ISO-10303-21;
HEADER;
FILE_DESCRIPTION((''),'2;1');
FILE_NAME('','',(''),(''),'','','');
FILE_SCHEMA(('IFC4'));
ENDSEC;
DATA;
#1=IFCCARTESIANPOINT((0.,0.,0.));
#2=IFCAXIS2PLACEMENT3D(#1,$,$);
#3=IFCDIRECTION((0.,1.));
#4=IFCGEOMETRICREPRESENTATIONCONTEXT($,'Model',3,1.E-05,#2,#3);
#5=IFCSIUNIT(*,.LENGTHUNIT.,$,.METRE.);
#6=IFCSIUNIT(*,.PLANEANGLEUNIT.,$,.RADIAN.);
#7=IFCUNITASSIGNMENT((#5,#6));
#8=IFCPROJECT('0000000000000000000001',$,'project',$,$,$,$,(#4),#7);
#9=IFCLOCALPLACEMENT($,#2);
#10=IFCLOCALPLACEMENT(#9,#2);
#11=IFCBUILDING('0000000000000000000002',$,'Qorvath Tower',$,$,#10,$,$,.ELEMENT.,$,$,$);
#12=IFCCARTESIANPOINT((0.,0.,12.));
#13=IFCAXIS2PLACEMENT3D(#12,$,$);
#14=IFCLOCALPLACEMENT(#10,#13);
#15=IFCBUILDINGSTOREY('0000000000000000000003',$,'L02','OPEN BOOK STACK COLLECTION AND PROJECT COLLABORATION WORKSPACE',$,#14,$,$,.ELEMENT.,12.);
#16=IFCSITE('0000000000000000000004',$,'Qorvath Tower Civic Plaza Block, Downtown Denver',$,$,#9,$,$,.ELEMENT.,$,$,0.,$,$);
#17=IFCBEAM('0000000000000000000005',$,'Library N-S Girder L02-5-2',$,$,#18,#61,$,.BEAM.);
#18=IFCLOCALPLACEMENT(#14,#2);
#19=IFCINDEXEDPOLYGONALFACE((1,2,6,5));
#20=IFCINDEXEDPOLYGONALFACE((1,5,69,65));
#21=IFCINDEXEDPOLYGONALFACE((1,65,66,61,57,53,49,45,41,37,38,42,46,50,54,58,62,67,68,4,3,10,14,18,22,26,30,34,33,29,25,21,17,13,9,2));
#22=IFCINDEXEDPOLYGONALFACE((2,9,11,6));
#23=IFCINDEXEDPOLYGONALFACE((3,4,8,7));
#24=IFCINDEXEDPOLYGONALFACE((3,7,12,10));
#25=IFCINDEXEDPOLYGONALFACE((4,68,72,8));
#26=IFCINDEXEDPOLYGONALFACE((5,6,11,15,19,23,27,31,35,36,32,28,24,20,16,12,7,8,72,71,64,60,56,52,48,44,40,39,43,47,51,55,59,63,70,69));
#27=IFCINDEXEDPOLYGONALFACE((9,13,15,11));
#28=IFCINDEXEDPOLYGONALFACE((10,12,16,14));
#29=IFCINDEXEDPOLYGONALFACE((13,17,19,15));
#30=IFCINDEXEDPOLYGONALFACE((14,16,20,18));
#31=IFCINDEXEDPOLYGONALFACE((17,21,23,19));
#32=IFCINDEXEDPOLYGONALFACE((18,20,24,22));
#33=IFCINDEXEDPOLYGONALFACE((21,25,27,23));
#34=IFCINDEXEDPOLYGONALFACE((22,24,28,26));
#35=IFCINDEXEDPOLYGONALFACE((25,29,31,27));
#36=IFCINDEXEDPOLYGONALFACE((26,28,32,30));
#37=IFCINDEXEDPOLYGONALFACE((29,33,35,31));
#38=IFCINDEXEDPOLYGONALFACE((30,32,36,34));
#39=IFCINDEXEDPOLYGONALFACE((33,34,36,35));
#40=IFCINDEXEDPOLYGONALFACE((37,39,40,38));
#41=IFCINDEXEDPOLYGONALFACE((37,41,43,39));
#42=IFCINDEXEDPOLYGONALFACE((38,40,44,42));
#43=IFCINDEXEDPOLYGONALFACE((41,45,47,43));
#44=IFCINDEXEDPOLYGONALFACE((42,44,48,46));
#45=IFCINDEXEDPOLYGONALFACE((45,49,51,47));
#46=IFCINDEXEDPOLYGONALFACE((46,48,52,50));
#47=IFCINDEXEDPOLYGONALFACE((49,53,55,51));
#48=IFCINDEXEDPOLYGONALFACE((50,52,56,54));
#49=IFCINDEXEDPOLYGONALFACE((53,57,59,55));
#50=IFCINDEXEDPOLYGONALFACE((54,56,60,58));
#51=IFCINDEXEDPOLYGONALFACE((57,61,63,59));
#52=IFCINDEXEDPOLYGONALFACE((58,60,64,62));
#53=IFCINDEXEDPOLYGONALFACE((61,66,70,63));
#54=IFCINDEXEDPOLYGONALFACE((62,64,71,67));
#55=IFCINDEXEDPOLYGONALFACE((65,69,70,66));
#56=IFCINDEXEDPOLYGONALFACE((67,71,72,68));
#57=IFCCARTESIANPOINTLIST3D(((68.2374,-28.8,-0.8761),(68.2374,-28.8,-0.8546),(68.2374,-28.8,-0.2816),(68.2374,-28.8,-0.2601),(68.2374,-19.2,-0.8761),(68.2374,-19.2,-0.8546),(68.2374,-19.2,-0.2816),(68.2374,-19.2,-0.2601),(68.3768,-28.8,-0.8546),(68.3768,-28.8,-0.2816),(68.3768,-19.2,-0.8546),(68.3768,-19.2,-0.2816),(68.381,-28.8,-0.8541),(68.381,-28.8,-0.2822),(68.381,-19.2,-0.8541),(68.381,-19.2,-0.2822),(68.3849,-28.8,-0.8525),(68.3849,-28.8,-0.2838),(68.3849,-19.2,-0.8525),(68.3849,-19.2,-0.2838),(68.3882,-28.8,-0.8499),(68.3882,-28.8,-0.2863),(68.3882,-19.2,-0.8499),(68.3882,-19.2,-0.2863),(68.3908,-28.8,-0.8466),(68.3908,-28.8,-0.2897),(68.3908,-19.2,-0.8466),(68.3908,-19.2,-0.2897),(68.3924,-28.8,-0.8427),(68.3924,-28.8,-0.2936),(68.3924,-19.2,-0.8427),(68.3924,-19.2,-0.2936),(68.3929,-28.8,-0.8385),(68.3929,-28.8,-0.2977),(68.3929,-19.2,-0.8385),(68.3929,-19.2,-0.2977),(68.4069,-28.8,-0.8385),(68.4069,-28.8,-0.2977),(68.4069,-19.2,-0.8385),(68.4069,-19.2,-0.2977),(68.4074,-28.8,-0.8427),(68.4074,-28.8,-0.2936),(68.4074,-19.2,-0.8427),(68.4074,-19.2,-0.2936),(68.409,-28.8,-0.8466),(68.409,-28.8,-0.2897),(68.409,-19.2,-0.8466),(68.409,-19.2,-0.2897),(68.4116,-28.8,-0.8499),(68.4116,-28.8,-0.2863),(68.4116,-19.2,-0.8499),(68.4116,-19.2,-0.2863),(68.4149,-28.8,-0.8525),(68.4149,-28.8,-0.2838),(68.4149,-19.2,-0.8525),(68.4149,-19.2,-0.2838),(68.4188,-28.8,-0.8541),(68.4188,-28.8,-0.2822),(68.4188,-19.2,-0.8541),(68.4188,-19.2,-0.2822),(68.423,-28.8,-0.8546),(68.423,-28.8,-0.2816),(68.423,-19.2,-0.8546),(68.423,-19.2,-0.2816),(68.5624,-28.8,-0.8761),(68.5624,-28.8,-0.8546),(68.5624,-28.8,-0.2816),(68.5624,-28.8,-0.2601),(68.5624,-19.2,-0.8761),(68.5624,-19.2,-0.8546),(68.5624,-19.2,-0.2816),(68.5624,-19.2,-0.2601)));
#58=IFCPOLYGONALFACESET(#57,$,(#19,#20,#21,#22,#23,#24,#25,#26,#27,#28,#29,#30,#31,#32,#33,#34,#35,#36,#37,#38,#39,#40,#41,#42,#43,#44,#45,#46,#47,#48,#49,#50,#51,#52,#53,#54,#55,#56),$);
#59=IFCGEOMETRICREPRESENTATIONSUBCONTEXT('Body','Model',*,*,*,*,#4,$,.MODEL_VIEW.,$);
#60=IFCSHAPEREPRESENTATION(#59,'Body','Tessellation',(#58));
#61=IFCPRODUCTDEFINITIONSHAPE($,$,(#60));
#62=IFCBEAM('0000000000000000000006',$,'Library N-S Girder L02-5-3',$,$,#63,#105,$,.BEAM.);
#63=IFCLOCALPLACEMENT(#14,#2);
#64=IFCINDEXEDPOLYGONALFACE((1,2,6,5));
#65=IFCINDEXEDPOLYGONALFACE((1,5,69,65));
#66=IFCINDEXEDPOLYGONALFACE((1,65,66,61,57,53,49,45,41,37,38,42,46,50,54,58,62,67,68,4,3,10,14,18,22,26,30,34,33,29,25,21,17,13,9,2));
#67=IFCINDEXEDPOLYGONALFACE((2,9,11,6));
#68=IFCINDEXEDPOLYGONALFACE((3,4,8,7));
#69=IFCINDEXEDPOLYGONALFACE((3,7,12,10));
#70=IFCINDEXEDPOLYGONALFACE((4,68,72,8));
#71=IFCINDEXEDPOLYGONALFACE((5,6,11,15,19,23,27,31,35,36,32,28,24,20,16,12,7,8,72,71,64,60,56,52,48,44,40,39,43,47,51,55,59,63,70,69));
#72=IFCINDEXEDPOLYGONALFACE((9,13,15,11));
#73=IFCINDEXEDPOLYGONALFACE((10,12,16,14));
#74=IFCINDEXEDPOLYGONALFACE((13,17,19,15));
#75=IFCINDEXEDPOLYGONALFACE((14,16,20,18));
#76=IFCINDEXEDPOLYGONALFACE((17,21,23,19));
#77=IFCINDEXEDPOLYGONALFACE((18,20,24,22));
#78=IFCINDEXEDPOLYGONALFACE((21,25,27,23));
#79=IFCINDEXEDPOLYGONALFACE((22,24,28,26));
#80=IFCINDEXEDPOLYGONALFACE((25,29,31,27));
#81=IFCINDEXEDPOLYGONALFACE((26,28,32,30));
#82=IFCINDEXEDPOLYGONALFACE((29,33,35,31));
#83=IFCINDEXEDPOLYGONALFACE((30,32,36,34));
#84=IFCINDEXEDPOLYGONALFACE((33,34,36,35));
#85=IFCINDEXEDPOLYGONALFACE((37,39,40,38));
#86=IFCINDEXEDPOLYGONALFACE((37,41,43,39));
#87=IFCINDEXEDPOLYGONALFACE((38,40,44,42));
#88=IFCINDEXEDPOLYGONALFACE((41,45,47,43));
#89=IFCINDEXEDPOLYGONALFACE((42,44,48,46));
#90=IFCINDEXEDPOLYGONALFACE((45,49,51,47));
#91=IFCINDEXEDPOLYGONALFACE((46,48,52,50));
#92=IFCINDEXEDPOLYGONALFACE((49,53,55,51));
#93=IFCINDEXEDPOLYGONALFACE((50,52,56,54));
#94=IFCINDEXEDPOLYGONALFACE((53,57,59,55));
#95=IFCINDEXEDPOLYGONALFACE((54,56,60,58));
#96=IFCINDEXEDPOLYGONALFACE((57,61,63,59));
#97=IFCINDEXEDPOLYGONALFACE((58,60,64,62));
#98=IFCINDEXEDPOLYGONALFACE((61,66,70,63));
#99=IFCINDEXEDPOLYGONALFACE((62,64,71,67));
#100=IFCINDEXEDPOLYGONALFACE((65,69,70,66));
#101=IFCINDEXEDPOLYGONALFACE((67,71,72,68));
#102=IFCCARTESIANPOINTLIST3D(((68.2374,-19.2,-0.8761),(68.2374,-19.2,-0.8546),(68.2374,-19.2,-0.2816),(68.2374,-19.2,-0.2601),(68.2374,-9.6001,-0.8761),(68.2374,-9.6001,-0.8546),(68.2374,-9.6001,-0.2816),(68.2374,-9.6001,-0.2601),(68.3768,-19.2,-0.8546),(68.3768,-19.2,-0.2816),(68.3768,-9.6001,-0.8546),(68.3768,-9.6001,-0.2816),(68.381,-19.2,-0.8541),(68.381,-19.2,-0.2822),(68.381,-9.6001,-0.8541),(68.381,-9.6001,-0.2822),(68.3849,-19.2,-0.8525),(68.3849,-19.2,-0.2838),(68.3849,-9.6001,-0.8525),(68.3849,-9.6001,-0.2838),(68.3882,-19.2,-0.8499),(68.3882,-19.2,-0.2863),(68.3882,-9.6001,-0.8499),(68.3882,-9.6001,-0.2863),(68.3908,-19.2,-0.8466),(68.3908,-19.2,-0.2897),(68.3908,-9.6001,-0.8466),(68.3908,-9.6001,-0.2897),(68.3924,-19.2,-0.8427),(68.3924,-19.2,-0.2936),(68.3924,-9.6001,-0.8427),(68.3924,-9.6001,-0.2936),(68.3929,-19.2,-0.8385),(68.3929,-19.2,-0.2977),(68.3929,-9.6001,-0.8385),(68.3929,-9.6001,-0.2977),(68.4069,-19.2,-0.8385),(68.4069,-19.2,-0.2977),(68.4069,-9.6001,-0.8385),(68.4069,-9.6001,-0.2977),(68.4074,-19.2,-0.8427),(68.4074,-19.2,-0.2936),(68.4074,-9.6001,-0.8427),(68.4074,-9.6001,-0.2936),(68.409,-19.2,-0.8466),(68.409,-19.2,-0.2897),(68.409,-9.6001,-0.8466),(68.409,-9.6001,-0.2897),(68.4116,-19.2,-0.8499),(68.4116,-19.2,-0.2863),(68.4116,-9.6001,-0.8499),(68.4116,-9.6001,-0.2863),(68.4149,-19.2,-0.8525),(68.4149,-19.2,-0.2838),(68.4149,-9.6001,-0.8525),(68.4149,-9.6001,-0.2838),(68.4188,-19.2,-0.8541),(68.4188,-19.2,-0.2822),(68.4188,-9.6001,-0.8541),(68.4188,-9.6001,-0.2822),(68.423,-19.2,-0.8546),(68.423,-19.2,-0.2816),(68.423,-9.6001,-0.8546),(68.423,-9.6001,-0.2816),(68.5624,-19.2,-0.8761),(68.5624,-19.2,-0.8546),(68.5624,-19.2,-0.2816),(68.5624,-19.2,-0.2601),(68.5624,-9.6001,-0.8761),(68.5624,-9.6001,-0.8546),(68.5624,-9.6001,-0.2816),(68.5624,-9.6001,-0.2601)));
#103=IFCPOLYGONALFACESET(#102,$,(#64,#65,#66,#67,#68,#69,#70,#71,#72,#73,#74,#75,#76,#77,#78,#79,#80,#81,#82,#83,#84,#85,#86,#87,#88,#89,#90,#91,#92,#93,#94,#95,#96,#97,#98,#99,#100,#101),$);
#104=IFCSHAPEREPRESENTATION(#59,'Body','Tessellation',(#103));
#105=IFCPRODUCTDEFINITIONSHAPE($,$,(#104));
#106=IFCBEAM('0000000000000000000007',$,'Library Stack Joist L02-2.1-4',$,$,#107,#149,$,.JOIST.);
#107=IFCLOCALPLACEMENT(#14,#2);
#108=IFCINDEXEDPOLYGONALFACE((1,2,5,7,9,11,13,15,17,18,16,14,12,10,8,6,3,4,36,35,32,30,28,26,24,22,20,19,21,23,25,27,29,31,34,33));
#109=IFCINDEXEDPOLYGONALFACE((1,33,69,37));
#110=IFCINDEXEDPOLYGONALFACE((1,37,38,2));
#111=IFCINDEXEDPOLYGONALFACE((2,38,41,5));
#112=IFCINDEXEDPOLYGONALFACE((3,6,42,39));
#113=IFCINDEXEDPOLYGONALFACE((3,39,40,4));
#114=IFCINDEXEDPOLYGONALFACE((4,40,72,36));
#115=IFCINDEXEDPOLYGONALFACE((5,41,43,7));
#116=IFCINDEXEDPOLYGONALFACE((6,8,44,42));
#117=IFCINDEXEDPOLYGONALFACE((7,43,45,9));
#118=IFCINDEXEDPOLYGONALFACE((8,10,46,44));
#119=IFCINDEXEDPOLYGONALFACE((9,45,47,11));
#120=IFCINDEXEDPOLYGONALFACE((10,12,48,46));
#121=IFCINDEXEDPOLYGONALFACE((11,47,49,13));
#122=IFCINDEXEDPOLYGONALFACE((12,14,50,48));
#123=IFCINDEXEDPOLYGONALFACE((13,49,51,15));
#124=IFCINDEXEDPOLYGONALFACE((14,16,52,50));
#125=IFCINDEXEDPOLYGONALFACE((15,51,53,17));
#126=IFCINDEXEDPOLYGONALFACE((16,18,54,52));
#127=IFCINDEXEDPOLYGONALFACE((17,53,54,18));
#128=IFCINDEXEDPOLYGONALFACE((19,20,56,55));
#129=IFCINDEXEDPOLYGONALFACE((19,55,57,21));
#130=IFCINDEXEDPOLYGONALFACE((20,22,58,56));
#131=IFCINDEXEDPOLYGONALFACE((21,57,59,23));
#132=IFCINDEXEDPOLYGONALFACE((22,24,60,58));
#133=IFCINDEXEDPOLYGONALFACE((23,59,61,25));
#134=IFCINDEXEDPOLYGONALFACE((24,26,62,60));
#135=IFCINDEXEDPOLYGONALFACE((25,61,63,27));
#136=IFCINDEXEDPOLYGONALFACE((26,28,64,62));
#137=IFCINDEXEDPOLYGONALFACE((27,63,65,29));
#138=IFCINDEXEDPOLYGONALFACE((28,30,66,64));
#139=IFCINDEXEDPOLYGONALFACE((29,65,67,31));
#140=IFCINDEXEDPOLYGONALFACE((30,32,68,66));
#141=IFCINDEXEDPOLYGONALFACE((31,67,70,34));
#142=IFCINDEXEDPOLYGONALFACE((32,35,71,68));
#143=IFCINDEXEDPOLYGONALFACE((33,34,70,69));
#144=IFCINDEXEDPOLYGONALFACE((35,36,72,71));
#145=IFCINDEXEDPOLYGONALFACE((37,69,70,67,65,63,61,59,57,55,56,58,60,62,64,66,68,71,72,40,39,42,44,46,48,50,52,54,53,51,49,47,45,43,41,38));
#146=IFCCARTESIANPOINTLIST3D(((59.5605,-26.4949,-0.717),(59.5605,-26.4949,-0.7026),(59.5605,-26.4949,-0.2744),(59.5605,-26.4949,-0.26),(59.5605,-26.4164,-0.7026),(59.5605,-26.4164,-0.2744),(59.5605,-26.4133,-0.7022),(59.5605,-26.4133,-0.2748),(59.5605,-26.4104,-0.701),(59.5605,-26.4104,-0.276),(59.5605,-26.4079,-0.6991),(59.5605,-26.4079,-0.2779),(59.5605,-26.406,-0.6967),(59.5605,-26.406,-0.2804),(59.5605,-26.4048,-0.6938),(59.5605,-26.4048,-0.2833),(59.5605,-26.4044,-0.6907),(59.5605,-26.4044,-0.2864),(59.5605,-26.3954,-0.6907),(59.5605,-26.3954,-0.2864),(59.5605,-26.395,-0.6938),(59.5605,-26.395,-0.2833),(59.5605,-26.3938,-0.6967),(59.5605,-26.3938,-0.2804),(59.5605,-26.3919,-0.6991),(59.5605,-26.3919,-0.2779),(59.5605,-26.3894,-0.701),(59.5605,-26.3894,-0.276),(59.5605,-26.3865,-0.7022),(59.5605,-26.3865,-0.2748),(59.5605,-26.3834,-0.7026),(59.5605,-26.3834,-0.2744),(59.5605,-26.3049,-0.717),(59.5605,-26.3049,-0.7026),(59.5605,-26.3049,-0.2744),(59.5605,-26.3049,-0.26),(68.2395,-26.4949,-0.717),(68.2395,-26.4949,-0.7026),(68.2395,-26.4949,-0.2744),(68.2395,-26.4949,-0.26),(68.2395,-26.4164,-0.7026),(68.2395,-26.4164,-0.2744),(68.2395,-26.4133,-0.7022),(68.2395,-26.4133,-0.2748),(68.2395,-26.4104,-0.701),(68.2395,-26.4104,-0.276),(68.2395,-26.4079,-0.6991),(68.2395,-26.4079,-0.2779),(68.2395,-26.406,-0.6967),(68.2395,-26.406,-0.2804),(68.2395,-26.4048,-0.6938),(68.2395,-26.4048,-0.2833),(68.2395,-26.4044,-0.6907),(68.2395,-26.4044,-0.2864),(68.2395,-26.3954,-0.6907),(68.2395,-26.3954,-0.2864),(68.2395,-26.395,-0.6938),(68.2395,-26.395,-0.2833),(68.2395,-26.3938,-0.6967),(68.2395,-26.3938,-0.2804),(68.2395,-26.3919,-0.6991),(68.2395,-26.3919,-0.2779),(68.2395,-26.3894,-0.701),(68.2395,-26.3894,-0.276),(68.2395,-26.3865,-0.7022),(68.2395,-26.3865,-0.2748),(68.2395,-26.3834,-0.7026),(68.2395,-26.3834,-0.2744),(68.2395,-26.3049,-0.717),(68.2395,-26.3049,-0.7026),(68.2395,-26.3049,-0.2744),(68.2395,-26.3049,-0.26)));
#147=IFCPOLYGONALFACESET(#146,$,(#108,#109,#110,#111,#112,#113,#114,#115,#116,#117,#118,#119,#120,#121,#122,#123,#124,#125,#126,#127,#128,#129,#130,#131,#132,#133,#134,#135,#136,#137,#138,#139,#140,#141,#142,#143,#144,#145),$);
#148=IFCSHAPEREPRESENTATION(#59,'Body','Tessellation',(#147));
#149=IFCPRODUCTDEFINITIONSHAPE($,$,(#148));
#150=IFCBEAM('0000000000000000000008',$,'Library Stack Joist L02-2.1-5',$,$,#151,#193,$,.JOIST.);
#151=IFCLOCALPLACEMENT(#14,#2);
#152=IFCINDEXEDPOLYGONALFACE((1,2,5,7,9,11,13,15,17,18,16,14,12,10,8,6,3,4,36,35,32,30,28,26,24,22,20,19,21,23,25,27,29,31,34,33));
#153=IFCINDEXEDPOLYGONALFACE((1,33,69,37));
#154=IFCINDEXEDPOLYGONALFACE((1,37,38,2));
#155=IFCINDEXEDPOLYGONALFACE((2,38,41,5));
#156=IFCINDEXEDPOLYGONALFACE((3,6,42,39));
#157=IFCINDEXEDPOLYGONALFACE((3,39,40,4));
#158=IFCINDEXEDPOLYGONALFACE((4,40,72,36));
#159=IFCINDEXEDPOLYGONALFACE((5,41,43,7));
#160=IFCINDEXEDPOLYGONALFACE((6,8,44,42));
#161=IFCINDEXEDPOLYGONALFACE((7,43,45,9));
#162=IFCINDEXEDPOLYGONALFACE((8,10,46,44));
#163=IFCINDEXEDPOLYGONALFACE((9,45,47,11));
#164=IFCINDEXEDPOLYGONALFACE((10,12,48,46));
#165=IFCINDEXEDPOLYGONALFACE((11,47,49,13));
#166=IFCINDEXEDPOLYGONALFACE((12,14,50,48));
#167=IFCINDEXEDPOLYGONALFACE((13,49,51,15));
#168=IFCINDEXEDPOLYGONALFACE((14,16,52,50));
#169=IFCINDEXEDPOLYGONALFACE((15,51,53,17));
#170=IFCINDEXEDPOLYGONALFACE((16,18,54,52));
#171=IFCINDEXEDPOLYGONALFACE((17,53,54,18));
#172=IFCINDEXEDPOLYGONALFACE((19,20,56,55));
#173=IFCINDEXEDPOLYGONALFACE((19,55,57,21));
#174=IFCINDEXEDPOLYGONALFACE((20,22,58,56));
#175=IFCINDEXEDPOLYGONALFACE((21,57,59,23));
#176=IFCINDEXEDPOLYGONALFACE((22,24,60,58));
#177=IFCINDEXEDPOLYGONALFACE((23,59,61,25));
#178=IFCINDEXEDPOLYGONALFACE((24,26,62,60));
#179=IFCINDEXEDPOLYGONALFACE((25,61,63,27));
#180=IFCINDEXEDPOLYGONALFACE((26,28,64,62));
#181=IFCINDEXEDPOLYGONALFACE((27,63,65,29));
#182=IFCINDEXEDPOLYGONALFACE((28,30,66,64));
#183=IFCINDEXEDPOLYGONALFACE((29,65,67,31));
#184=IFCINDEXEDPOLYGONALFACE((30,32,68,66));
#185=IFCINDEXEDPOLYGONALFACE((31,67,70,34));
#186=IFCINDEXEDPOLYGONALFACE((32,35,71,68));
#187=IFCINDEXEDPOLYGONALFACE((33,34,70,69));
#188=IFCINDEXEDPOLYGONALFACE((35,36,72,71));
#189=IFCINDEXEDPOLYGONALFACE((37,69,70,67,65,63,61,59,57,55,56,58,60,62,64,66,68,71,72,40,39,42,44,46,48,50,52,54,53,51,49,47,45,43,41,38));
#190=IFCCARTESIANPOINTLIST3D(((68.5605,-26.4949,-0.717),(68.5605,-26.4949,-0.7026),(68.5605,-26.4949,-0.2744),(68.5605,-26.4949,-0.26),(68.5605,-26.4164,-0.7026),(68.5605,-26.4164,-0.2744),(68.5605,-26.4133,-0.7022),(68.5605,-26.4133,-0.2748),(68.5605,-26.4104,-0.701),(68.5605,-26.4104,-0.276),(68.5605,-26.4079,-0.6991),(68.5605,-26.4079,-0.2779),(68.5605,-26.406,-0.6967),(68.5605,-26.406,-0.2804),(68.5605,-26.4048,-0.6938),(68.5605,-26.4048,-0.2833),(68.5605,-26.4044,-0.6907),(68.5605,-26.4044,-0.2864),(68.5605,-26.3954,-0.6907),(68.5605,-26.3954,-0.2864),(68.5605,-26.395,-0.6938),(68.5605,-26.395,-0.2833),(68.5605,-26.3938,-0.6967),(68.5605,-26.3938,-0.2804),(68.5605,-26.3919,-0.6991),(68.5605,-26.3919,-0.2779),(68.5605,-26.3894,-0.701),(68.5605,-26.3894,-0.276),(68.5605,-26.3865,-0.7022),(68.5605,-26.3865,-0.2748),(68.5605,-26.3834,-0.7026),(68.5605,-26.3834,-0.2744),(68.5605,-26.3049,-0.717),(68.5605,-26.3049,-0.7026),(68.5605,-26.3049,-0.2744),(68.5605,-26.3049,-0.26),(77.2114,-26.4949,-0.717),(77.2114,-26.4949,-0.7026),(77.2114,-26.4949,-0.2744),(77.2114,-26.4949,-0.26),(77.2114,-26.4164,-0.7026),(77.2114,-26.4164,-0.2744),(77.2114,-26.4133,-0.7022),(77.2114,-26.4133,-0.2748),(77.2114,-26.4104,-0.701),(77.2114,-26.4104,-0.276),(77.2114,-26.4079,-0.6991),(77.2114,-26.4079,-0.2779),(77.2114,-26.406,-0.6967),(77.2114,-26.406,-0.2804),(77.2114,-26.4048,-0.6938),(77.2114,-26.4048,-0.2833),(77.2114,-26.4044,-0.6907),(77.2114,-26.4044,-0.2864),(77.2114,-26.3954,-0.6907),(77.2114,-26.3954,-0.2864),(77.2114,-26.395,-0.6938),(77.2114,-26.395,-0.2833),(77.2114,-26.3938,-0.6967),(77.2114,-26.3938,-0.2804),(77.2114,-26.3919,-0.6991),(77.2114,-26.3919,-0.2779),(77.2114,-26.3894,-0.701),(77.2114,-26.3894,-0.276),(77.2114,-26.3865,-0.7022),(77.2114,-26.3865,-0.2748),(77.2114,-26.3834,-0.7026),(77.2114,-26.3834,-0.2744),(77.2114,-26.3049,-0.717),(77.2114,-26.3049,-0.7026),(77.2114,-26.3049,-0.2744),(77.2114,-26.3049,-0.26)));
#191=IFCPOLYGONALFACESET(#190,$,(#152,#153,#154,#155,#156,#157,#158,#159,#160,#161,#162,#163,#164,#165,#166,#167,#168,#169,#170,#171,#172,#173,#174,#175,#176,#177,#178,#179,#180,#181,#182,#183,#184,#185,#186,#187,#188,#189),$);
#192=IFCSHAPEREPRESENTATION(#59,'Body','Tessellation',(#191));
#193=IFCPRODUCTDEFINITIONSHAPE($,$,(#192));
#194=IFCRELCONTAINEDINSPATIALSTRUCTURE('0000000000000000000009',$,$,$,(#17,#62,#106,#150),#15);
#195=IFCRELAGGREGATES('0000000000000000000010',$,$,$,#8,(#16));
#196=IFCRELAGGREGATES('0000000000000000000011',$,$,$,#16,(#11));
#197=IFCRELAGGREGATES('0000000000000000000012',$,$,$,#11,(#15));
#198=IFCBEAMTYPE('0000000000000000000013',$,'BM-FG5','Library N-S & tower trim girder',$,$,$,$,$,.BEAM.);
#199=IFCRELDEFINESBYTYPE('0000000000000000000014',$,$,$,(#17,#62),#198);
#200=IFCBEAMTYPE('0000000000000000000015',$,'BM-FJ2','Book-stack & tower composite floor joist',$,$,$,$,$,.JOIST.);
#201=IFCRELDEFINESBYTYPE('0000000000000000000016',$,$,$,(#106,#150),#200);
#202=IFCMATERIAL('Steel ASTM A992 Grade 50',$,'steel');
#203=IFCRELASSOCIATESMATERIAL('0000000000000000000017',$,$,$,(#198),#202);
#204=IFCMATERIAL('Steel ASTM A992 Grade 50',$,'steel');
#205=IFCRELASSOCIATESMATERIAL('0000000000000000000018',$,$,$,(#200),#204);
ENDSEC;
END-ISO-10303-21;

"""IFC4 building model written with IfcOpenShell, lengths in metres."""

from ifc_helpers import new_model, si_unit, direction, frame, origin, origin_2d, place, context, subcontext, project, spatial, i_section, extrude, material, material_profile, profile_set, type_object, element, save


model = new_model("IFC4")

# Units and contexts
model_context = context("Model", 3, precision=1e-05, world=origin(), true_north=direction((0.0, 1.0)))
body_context = subcontext(model_context, "Body", "Model", "MODEL_VIEW")
ifc_project = project(units=[si_unit("LENGTHUNIT", "METRE"), si_unit("PLANEANGLEUNIT", "RADIAN")], contexts=[model_context])

# Site, building, storey
site_placement = place(None, origin())
site = spatial("IfcSite", under=ifc_project, at=site_placement, Name="Qorvath Tower Civic Plaza Block, Downtown Denver", CompositionType="ELEMENT", RefElevation=0.0)
building_placement = place(site_placement, origin())
building = spatial("IfcBuilding", under=site, at=building_placement, Name="Qorvath Tower", CompositionType="ELEMENT")
storey_placement = place(building_placement, frame((0.0, 0.0, 12.0)))
storey = spatial("IfcBuildingStorey", under=building, at=storey_placement, Name="L02", Description="OPEN BOOK STACK COLLECTION AND PROJECT COLLABORATION WORKSPACE", CompositionType="ELEMENT", Elevation=12.0)

# Beams
ifc_material_1 = material(Name="Steel ASTM A992 Grade 50", Category="steel")
ifc_material_profile_1 = material_profile(ifc_material_1, i_section(OverallWidth=0.325, OverallDepth=0.616, WebThickness=0.0139, FlangeThickness=0.0215, FilletRadius=0.0161, at=origin_2d()), Name="W24x117")
ifc_profile_set_1 = profile_set([ifc_material_profile_1], Name="Steel ASTM A992 Grade 50")
beam_type_1 = type_object("IfcBeamType", Name="BM-FG5", Description="Library N-S & tower trim girder", PredefinedType="BEAM", material=ifc_profile_set_1)
beam_1_placement = place(storey_placement, frame((68.3999, -28.8, -0.5681), z_axis=(0.0, 1.0, 0.0), x_axis=(-1.0, 0.0, 0.0)))
element("IfcBeam", 1, at=beam_1_placement, inside=storey, type_object=beam_type_1, Name="Library N-S Girder L02-5-2", PredefinedType="BEAM", context=body_context, shape_type="SweptSolid", body=[
    extrude(i_section(OverallWidth=0.325, OverallDepth=0.616, WebThickness=0.0139, FlangeThickness=0.0215, FilletRadius=0.0161, at=origin_2d()), origin(), (0.0, 0.0, 1.0), 9.6001),
])
beam_2_placement = place(storey_placement, frame((68.3999, -19.2, -0.5681), z_axis=(0.0, 1.0, 0.0), x_axis=(-1.0, 0.0, 0.0)))
element("IfcBeam", 2, at=beam_2_placement, inside=storey, type_object=beam_type_1, Name="Library N-S Girder L02-5-3", PredefinedType="BEAM", context=body_context, shape_type="SweptSolid", body=[
    extrude(i_section(OverallWidth=0.325, OverallDepth=0.616, WebThickness=0.0139, FlangeThickness=0.0215, FilletRadius=0.0161, at=origin_2d()), origin(), (0.0, 0.0, 1.0), 9.5999),
])
ifc_material_2 = material(Name="Steel ASTM A992 Grade 50", Category="steel")
ifc_material_profile_2 = material_profile(ifc_material_2, i_section(OverallWidth=0.1899, OverallDepth=0.457, WebThickness=0.009, FlangeThickness=0.0144, FilletRadius=0.012, at=origin_2d()), Name="W18x50")
ifc_profile_set_2 = profile_set([ifc_material_profile_2], Name="Steel ASTM A992 Grade 50")
beam_type_2 = type_object("IfcBeamType", Name="BM-FJ2", Description="Book-stack & tower composite floor joist", PredefinedType="JOIST", material=ifc_profile_set_2)
beam_3_placement = place(storey_placement, frame((59.5605, -26.3999, -0.4885), z_axis=(1.0, 0.0, 0.0), x_axis=(0.0, 1.0, 0.0)))
element("IfcBeam", 3, at=beam_3_placement, inside=storey, type_object=beam_type_2, Name="Library Stack Joist L02-2.1-4", PredefinedType="JOIST", context=body_context, shape_type="SweptSolid", body=[
    extrude(i_section(OverallWidth=0.1899, OverallDepth=0.457, WebThickness=0.009, FlangeThickness=0.0144, FilletRadius=0.012, at=origin_2d()), origin(), (0.0, 0.0, 1.0), 8.679),
])
beam_4_placement = place(storey_placement, frame((68.5605, -26.3999, -0.4885), z_axis=(1.0, 0.0, 0.0), x_axis=(0.0, 1.0, 0.0)))
element("IfcBeam", 4, at=beam_4_placement, inside=storey, type_object=beam_type_2, Name="Library Stack Joist L02-2.1-5", PredefinedType="JOIST", context=body_context, shape_type="SweptSolid", body=[
    extrude(i_section(OverallWidth=0.1899, OverallDepth=0.457, WebThickness=0.009, FlangeThickness=0.0144, FilletRadius=0.012, at=origin_2d()), origin(), (0.0, 0.0, 1.0), 8.6509),
])

save(model, "model.ifc")
